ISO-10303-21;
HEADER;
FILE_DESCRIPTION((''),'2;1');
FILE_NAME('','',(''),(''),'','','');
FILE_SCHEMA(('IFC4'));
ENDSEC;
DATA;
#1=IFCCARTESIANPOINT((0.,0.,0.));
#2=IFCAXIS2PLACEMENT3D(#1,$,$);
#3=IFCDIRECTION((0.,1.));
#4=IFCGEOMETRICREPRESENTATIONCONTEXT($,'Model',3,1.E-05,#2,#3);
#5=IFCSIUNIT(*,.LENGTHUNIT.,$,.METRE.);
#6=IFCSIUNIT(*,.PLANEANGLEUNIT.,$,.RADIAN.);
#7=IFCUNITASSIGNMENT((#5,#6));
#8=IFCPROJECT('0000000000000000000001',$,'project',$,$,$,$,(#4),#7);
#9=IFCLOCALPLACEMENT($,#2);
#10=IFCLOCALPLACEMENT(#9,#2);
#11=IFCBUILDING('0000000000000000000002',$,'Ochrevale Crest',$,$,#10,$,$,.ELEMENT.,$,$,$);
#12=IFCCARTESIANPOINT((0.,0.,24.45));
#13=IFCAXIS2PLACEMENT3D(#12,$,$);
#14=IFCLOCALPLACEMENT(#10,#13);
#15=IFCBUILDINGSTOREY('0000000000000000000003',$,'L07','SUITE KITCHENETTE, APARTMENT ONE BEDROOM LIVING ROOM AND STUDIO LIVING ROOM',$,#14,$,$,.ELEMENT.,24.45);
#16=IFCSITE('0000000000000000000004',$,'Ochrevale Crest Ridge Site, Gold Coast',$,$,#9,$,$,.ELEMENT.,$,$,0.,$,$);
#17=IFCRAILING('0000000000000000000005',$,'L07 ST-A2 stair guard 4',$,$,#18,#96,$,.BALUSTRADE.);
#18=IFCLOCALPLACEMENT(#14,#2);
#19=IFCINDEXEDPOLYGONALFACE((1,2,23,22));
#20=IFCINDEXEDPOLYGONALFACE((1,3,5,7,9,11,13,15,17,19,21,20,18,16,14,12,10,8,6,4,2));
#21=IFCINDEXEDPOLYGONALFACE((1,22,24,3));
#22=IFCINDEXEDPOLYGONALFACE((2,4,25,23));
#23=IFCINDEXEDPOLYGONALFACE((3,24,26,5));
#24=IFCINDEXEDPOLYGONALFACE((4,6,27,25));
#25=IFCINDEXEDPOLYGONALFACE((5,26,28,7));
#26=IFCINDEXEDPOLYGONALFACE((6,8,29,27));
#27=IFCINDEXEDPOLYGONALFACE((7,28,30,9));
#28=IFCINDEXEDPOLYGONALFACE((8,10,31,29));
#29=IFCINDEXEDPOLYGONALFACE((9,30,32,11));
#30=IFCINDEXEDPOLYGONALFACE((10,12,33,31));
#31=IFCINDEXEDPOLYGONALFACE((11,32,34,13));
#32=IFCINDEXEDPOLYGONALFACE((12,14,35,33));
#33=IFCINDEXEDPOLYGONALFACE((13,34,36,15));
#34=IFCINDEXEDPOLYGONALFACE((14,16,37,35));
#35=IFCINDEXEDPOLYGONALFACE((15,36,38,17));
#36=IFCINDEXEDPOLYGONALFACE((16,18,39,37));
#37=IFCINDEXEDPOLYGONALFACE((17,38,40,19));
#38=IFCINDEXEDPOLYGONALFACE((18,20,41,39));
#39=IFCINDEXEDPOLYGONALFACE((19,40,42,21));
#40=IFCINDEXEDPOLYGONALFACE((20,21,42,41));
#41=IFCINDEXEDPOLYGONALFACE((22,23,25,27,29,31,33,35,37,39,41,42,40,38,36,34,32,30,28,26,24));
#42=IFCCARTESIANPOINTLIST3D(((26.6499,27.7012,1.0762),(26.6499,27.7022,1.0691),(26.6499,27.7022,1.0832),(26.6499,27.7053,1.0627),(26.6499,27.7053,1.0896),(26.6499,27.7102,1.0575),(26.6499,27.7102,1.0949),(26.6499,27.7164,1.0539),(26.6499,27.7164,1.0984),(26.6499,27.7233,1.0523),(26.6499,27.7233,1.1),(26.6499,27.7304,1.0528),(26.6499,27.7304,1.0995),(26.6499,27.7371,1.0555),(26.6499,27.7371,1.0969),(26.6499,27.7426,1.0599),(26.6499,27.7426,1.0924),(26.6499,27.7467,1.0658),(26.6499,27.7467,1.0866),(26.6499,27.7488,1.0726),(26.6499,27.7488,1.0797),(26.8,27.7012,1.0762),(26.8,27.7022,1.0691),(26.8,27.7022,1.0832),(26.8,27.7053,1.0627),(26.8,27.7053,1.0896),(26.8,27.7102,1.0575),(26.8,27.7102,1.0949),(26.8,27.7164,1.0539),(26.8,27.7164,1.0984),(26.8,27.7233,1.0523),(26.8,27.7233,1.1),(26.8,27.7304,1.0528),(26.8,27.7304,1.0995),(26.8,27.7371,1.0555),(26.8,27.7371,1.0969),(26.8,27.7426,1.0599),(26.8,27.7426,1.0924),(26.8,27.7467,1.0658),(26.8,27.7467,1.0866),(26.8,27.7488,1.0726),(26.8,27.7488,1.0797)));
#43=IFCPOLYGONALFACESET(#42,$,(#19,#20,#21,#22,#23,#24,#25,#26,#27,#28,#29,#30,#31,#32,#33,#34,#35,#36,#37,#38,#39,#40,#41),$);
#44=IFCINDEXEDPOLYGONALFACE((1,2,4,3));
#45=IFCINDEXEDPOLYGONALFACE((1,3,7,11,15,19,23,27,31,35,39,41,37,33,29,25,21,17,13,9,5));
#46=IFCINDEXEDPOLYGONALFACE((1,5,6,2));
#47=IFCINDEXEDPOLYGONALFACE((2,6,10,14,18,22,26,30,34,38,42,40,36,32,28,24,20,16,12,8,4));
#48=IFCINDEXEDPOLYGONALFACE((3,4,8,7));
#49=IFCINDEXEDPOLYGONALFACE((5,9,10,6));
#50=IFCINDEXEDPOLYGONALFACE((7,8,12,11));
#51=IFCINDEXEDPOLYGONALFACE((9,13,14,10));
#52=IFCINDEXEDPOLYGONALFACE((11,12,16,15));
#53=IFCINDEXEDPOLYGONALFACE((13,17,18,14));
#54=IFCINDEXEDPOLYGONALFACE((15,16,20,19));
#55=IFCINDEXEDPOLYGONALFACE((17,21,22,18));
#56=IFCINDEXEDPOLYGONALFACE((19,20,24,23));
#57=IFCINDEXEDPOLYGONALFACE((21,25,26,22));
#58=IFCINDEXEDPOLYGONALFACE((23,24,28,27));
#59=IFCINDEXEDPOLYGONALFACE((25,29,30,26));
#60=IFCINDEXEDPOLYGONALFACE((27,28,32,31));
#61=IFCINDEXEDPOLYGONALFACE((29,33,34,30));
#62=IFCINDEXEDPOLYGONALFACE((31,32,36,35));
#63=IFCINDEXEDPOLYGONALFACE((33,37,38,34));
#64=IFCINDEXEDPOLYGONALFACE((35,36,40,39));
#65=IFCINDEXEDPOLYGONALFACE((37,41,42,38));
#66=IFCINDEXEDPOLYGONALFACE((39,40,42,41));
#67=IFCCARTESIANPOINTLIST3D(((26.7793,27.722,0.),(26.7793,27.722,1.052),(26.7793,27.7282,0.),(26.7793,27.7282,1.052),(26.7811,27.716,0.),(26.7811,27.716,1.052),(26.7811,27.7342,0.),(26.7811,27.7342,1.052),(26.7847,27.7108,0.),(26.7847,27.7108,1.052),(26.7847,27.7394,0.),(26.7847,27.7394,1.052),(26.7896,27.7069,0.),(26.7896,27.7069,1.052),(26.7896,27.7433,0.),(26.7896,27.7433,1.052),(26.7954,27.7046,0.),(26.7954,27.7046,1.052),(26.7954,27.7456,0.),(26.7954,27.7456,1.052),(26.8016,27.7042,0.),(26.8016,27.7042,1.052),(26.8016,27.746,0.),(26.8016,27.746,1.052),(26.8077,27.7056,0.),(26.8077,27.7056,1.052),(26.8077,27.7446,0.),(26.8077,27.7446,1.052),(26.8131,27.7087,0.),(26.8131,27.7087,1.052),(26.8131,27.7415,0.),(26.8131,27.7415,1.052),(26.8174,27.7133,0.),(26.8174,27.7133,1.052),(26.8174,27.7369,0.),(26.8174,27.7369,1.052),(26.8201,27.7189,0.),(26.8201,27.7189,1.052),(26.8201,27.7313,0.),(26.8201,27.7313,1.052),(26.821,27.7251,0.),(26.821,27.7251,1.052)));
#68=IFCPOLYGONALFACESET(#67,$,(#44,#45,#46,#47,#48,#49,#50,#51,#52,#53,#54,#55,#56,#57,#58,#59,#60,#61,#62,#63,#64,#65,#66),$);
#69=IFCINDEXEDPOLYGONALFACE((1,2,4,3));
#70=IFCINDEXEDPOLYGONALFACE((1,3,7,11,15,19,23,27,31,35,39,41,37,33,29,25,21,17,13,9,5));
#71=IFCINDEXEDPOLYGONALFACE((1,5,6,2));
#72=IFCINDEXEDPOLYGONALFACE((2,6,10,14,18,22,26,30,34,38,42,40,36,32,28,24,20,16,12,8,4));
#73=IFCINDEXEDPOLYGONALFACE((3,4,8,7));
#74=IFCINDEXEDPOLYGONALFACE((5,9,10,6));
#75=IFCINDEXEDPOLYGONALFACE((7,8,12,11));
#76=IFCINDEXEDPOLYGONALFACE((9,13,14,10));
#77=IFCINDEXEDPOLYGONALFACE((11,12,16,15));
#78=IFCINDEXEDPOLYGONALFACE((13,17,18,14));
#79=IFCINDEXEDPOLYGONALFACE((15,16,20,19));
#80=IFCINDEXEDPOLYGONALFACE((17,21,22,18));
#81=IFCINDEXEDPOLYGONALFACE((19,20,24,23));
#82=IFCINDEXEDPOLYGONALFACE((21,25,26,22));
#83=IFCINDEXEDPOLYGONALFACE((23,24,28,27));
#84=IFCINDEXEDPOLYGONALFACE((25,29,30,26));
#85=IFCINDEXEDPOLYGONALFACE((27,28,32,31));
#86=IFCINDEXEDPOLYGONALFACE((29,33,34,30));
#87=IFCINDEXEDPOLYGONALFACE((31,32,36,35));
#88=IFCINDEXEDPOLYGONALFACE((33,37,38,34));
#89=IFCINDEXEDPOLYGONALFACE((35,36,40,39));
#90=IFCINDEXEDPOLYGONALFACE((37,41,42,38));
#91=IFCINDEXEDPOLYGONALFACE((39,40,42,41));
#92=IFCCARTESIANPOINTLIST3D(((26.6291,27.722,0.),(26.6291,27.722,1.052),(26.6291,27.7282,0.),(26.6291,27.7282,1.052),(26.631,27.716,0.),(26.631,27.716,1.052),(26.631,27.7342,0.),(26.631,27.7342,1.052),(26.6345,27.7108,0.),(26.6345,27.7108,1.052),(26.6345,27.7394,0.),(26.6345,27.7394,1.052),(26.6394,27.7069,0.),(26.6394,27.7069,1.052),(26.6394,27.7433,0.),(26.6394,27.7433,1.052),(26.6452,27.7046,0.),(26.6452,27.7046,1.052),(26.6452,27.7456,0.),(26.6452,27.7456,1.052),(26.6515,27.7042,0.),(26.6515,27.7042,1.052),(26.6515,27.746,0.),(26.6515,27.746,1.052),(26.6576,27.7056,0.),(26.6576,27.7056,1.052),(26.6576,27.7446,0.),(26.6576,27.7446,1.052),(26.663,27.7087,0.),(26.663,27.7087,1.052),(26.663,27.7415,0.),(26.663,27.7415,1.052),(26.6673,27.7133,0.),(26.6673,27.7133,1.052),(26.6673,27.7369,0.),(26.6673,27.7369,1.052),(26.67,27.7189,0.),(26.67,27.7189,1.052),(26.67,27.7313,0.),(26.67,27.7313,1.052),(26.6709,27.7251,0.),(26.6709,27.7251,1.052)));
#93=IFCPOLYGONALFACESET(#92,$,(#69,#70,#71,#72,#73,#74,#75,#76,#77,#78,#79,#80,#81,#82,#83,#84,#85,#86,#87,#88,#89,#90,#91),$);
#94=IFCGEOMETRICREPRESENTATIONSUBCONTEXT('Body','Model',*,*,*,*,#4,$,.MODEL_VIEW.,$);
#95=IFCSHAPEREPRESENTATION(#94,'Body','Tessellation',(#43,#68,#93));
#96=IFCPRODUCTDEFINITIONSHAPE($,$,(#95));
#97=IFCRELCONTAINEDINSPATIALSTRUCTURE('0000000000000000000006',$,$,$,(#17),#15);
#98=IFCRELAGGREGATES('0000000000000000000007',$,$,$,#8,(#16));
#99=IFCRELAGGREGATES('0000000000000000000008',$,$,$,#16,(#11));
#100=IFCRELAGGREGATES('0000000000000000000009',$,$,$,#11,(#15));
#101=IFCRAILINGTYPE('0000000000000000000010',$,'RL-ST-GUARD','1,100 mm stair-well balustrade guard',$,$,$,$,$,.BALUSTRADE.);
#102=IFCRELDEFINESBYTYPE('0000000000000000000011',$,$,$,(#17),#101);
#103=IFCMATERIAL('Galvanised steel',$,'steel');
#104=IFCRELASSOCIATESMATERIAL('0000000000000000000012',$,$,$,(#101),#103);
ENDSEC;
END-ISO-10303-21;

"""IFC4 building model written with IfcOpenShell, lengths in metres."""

from ifc_helpers import new_model, si_unit, direction, frame, origin, origin_2d, place, context, subcontext, project, spatial, circle, extrude, material, type_object, element, save


model = new_model("IFC4")

# Units and contexts
model_context = context("Model", 3, precision=1e-05, world=origin(), true_north=direction((0.0, 1.0)))
body_context = subcontext(model_context, "Body", "Model", "MODEL_VIEW")
ifc_project = project(units=[si_unit("LENGTHUNIT", "METRE"), si_unit("PLANEANGLEUNIT", "RADIAN")], contexts=[model_context])

# Site, building, storey
site_placement = place(None, origin())
site = spatial("IfcSite", under=ifc_project, at=site_placement, Name="Ochrevale Crest Ridge Site, Gold Coast", CompositionType="ELEMENT", RefElevation=0.0)
building_placement = place(site_placement, origin())
building = spatial("IfcBuilding", under=site, at=building_placement, Name="Ochrevale Crest", CompositionType="ELEMENT")
storey_placement = place(building_placement, frame((0.0, 0.0, 24.45)))
storey = spatial("IfcBuildingStorey", under=building, at=storey_placement, Name="L07", Description="SUITE KITCHENETTE, APARTMENT ONE BEDROOM LIVING ROOM AND STUDIO LIVING ROOM", CompositionType="ELEMENT", Elevation=24.45)

# Railing
ifc_material_1 = material(Name="Galvanised steel", Category="steel")
railing_type = type_object("IfcRailingType", Name="RL-ST-GUARD", Description="1,100 mm stair-well balustrade guard", PredefinedType="BALUSTRADE", material=ifc_material_1)
railing_1_placement = place(storey_placement, frame((26.8, 27.7251, 0.0)))
element("IfcRailing", 1, at=railing_1_placement, inside=storey, type_object=railing_type, Name="L07 ST-A2 stair guard 4", PredefinedType="BALUSTRADE", context=body_context, shape_type="SweptSolid", body=[
    extrude(circle(Radius=0.0239, at=origin_2d()), frame((0.0, 0.0, 1.0762), z_axis=(-1.0, 0.0, 0.0), x_axis=(0.0, -1.0, 0.0)), (0.0, 0.0, 1.0), 0.1501),
    extrude(circle(Radius=0.021, at=origin_2d()), origin(), (0.0, 0.0, 1.0), 1.052),
    extrude(circle(Radius=0.021, at=origin_2d()), frame((-0.1501, 0.0, 0.0)), (0.0, 0.0, 1.0), 1.052),
])

save(model, "model.ifc")
